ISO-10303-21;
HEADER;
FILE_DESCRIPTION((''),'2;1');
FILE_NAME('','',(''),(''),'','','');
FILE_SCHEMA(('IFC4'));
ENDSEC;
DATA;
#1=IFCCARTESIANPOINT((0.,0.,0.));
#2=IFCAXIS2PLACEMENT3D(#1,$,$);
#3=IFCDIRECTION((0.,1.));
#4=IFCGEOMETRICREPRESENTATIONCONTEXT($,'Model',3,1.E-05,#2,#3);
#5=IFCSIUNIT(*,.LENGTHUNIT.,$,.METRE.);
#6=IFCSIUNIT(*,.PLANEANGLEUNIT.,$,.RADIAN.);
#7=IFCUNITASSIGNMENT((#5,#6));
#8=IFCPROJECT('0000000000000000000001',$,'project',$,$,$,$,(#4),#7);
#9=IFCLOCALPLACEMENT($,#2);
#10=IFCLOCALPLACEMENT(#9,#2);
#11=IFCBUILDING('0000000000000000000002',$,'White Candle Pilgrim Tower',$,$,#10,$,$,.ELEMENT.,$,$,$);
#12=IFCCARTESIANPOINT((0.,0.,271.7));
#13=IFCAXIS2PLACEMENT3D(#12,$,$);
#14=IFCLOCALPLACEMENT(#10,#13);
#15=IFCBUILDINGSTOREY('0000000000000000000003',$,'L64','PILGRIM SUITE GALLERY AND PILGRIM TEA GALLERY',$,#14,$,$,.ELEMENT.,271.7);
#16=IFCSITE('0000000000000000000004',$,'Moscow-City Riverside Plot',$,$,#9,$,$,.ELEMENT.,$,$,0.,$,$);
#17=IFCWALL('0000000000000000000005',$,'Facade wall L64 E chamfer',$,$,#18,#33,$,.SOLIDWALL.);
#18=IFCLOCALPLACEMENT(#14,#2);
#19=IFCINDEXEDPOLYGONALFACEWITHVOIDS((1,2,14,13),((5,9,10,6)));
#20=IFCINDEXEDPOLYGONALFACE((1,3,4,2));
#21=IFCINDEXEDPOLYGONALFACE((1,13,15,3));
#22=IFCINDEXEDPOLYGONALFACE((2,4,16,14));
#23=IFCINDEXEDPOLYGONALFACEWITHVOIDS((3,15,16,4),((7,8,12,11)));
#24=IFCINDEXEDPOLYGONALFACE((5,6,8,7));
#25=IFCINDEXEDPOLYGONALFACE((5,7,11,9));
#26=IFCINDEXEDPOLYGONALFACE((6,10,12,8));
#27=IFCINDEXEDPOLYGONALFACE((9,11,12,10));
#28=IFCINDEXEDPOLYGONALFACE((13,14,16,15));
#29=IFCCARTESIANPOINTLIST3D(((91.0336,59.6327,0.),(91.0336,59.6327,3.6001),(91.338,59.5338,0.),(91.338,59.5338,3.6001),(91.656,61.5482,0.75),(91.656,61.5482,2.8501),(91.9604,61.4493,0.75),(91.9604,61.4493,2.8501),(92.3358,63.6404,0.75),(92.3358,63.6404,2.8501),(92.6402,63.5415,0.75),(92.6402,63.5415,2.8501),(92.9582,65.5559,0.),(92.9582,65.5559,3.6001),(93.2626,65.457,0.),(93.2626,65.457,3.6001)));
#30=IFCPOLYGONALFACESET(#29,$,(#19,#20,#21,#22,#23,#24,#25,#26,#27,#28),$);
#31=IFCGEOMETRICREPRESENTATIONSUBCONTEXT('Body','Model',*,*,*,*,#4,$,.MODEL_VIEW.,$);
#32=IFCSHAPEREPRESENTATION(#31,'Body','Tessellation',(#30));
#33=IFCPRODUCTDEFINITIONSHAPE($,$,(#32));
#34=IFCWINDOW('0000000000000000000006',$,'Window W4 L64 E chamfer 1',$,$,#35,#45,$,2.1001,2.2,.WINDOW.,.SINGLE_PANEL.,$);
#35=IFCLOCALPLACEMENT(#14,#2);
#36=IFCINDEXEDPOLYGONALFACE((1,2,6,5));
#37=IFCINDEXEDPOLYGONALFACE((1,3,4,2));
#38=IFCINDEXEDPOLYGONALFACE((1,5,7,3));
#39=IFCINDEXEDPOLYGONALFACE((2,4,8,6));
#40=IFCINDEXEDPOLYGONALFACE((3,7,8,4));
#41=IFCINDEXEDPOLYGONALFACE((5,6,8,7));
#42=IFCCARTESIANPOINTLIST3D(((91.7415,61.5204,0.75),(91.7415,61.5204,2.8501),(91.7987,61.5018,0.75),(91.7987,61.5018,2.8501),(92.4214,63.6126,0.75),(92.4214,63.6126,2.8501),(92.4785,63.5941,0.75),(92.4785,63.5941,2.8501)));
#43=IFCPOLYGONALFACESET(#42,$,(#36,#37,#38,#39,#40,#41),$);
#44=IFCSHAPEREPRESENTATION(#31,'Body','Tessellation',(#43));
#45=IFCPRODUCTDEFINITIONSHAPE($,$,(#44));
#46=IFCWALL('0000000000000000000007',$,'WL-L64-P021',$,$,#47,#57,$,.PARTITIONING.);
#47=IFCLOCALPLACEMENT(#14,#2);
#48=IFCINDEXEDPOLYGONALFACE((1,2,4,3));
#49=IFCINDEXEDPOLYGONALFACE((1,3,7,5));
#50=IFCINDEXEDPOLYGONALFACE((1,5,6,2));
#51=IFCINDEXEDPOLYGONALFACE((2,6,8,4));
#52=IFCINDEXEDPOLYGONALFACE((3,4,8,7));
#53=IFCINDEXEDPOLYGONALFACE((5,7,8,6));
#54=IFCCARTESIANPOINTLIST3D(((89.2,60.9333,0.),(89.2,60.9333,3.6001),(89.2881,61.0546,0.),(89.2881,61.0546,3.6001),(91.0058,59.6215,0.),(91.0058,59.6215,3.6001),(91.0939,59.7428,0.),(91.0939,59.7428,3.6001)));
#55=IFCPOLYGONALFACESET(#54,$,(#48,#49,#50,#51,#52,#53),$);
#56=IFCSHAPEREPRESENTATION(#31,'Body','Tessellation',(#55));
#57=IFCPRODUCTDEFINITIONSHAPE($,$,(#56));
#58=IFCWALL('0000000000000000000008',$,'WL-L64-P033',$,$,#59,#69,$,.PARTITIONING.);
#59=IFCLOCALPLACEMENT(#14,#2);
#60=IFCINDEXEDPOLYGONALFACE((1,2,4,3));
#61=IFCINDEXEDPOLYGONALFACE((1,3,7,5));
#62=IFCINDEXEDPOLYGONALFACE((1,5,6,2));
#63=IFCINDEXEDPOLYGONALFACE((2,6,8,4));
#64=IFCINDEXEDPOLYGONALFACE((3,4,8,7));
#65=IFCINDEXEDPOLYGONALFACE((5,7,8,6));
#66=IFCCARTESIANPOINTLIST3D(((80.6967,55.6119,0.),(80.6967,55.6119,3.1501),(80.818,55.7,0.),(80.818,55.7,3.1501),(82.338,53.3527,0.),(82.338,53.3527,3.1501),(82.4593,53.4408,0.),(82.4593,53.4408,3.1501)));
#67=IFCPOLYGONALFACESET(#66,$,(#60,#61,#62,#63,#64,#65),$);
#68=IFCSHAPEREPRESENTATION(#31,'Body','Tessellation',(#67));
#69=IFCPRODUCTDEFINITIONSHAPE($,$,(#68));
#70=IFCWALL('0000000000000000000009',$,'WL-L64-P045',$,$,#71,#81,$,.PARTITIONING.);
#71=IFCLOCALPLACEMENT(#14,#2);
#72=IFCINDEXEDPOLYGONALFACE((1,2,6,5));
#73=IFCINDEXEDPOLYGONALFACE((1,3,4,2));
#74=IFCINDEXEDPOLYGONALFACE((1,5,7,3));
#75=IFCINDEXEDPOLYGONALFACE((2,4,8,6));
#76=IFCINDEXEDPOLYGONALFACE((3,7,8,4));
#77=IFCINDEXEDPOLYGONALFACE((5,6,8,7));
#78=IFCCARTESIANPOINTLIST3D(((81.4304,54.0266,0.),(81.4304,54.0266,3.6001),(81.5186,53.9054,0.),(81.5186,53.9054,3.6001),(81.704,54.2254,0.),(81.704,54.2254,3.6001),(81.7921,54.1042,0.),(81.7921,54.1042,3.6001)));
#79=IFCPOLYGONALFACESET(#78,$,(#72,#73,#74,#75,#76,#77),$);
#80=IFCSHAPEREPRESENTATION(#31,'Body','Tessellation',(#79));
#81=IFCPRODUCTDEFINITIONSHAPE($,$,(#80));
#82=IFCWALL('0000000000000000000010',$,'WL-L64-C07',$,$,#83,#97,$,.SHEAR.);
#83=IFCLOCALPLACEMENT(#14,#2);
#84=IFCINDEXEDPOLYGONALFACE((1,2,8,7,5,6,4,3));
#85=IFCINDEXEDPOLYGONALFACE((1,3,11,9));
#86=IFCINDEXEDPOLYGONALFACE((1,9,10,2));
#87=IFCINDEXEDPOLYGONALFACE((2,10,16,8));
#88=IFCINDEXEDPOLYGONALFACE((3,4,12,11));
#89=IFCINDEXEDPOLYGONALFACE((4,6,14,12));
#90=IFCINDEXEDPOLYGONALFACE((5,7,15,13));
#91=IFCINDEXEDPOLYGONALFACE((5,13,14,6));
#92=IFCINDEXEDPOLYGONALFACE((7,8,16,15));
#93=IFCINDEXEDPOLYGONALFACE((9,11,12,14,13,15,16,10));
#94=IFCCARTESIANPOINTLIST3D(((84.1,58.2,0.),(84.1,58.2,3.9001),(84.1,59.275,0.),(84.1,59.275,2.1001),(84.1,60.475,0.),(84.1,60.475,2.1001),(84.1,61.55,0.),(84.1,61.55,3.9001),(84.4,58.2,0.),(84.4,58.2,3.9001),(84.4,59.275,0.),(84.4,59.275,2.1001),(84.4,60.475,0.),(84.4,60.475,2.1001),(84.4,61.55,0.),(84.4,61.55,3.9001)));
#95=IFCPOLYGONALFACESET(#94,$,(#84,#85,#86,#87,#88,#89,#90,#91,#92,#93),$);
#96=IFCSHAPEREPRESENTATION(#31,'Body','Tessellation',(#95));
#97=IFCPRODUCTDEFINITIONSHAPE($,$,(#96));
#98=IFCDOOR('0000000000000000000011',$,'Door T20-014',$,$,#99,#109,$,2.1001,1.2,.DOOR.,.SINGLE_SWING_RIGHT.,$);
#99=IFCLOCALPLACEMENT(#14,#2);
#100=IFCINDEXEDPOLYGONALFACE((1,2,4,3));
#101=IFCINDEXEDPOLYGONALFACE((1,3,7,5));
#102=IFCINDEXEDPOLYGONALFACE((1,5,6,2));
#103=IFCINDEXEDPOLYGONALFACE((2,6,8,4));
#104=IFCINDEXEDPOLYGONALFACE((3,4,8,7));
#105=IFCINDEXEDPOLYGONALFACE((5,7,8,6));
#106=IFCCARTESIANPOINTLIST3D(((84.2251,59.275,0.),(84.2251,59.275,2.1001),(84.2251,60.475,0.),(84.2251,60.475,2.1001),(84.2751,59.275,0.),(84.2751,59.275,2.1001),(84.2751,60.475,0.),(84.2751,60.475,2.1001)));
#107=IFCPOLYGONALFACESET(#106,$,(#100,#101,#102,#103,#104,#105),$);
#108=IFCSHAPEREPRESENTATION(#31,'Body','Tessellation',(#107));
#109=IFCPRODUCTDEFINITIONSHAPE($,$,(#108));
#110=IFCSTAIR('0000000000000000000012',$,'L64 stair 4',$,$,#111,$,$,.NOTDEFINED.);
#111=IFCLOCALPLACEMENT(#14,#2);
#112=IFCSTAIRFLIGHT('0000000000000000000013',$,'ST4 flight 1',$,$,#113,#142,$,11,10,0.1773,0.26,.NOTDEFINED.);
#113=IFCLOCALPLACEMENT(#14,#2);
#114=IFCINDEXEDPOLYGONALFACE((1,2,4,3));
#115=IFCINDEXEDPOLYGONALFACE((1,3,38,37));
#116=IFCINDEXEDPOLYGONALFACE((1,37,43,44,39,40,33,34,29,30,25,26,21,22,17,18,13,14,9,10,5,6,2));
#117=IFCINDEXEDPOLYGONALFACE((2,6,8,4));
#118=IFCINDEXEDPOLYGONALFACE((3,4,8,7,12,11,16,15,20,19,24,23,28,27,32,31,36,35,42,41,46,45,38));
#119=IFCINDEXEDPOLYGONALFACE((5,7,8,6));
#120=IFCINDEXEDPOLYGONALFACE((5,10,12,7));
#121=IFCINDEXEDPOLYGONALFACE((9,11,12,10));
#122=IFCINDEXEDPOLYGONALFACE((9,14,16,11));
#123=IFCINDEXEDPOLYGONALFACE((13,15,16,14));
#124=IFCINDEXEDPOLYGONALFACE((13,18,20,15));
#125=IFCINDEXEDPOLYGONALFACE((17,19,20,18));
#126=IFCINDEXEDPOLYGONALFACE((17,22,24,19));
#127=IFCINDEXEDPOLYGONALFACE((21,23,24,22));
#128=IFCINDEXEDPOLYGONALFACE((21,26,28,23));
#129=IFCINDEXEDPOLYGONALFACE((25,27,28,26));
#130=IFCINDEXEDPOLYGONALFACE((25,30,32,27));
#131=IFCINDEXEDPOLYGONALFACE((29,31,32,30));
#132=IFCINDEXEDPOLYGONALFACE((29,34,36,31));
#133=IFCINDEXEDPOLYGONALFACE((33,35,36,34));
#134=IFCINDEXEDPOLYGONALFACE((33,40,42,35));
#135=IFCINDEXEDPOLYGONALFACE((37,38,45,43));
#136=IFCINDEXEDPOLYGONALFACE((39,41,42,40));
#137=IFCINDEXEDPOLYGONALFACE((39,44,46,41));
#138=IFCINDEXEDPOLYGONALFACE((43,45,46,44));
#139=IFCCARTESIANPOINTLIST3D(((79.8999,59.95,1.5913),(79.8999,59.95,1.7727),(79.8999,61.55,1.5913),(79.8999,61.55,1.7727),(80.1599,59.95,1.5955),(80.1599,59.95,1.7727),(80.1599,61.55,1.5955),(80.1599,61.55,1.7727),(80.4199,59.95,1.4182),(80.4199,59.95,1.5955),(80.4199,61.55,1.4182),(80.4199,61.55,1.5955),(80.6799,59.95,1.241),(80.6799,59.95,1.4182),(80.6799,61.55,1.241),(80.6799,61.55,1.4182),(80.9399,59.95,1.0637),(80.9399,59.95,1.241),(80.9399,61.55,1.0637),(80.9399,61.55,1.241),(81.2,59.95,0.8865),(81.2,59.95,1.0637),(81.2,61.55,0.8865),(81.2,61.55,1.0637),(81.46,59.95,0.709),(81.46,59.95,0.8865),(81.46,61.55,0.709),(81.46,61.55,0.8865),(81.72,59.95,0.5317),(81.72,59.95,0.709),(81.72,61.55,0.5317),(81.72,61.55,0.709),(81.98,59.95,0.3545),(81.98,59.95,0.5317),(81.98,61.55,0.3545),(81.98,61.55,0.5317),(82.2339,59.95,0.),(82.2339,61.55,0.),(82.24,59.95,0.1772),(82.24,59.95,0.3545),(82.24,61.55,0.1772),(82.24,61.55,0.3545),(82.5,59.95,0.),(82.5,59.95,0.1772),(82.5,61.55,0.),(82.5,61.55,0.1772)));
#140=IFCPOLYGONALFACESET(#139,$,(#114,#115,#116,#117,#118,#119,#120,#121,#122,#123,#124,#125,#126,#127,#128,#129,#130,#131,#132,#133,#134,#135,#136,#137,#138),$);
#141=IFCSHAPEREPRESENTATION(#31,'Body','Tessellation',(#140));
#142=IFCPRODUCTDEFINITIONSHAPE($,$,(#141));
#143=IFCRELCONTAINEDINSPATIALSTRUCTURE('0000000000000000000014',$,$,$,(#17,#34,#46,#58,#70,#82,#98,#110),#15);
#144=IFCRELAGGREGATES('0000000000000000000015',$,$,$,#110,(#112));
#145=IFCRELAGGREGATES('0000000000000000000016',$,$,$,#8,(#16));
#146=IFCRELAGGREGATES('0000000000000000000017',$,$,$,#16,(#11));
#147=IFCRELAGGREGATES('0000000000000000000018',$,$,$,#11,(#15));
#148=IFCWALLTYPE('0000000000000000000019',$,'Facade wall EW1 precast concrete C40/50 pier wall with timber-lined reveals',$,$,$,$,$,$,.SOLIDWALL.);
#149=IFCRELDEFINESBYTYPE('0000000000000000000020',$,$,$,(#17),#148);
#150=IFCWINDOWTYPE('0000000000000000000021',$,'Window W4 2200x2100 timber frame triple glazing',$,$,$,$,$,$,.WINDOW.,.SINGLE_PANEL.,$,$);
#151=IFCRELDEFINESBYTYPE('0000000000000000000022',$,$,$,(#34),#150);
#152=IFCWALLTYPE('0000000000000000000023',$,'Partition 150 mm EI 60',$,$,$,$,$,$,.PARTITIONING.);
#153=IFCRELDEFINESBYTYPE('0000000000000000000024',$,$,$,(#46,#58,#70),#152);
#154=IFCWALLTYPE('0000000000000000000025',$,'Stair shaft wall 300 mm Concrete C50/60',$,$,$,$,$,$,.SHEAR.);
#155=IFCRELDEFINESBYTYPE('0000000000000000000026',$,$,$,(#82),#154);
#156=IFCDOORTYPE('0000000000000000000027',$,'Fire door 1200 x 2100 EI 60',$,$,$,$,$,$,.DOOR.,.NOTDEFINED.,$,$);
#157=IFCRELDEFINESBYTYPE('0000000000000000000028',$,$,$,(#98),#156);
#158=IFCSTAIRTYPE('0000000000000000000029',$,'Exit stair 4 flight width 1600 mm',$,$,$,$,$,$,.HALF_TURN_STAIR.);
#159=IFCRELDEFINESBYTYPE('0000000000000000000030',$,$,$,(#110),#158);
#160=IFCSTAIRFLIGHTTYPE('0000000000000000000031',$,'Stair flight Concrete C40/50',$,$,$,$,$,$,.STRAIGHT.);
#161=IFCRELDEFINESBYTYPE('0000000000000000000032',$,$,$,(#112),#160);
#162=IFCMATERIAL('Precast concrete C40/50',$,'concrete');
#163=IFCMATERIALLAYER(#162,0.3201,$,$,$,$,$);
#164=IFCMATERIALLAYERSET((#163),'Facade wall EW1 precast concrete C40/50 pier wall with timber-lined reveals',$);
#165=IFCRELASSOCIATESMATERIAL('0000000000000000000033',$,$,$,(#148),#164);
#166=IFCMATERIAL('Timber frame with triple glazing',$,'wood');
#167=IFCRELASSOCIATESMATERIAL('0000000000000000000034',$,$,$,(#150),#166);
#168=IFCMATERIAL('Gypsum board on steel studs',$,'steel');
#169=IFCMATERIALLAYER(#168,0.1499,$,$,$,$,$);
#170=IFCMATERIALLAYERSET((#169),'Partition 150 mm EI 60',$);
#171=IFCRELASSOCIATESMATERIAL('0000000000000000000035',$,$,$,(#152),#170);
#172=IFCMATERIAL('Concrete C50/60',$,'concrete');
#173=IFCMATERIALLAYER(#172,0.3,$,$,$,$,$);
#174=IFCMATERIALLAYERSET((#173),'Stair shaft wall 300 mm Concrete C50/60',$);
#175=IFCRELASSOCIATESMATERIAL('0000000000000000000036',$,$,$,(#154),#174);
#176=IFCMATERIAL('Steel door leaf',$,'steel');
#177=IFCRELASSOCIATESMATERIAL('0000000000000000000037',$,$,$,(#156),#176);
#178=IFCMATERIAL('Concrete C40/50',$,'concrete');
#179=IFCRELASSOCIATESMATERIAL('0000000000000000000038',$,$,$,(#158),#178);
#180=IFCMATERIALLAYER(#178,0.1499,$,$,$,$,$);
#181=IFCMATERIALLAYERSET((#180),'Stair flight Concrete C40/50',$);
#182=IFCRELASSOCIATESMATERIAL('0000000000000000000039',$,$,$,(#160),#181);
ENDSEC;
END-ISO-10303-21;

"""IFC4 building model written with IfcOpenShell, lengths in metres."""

from ifc_helpers import new_model, si_unit, direction, frame, frame_2d, origin, place, context, subcontext, project, spatial, polyline, rectangle, outline, extrude, material, layer, layer_set, type_object, element, fill, aggregate, save


model = new_model("IFC4")

# Units and contexts
model_context = context("Model", 3, precision=1e-05, world=origin(), true_north=direction((0.0, 1.0)))
body_context = subcontext(model_context, "Body", "Model", "MODEL_VIEW")
ifc_project = project(units=[si_unit("LENGTHUNIT", "METRE"), si_unit("PLANEANGLEUNIT", "RADIAN")], contexts=[model_context])

# Site, building, storey
site_placement = place(None, origin())
site = spatial("IfcSite", under=ifc_project, at=site_placement, Name="Moscow-City Riverside Plot", CompositionType="ELEMENT", RefElevation=0.0)
building_placement = place(site_placement, origin())
building = spatial("IfcBuilding", under=site, at=building_placement, Name="White Candle Pilgrim Tower", CompositionType="ELEMENT")
storey_placement = place(building_placement, frame((0.0, 0.0, 271.7)))
storey = spatial("IfcBuildingStorey", under=building, at=storey_placement, Name="L64", Description="PILGRIM SUITE GALLERY AND PILGRIM TEA GALLERY", CompositionType="ELEMENT", Elevation=271.7)

# Shared definitions
ifc_material_1 = material(Name="Concrete C50/60", Category="concrete")

# Shared definitions
ifc_material_2 = material(Name="Gypsum board on steel studs", Category="steel")
ifc_material_3 = material(Name="Steel door leaf", Category="steel")

# Wall, opening, window
ifc_material_4 = material(Name="Precast concrete C40/50", Category="concrete")
ifc_layer_1 = layer(ifc_material_4, 0.3201)
ifc_layer_set_1 = layer_set([ifc_layer_1], Name="Facade wall EW1 precast concrete C40/50 pier wall with timber-lined reveals")
wall_type_1 = type_object("IfcWallType", Name="Facade wall EW1 precast concrete C40/50 pier wall with timber-lined reveals", PredefinedType="SOLIDWALL", material=ifc_layer_set_1)
wall_1_placement = place(storey_placement, frame((91.1858, 59.5833, 0.0), z_axis=(0.0, 0.0, 1.0), x_axis=(0.309021, 0.951055, 0.0)))
wall_1 = element("IfcWall", 1, at=wall_1_placement, inside=storey, type_object=wall_type_1, Name="Facade wall L64 E chamfer", PredefinedType="SOLIDWALL", context=body_context, shape_type="SweptSolid", body=[
    extrude(rectangle(XDim=6.228, YDim=0.3201, at=frame_2d((3.114, 0.0))), origin(), (0.0, 0.0, 1.0), 3.6001),
])
opening_1_placement = place(wall_1_placement, frame((2.0139, 0.0, 0.75)))
opening_1 = element("IfcOpeningElement", 2, at=opening_1_placement, cuts=wall_1, PredefinedType="OPENING", context=body_context, shape_type="SweptSolid", body=[
    extrude(rectangle(XDim=2.2, YDim=2.1001, at=frame_2d((1.1001, 1.05))), frame((0.0, 0.1699, 0.0), z_axis=(0.0, -1.0, 0.0), x_axis=(1.0, 0.0, 0.0)), (0.0, 0.0, 1.0), 0.3401),
])
ifc_material_5 = material(Name="Timber frame with triple glazing", Category="wood")
window_type = type_object("IfcWindowType", Name="Window W4 2200x2100 timber frame triple glazing", PartitioningType="SINGLE_PANEL", PredefinedType="WINDOW", material=ifc_material_5)
window_placement = place(opening_1_placement, origin())
window = element("IfcWindow", 3, at=window_placement, inside=storey, type_object=window_type, Name="Window W4 L64 E chamfer 1", OverallHeight=2.1001, OverallWidth=2.2, PartitioningType="SINGLE_PANEL", PredefinedType="WINDOW", context=body_context, shape_type="SweptSolid", body=[
    extrude(rectangle(XDim=2.2, YDim=2.1001, at=frame_2d((1.1001, 1.05))), frame((0.0, 0.0701, 0.0), z_axis=(0.0, -1.0, 0.0), x_axis=(1.0, 0.0, 0.0)), (0.0, 0.0, 1.0), 0.0601),
])
fill(opening_1, window)

# Walls
ifc_layer_2 = layer(ifc_material_2, 0.1499)
ifc_layer_set_2 = layer_set([ifc_layer_2], Name="Partition 150 mm EI 60")
wall_type_2 = type_object("IfcWallType", Name="Partition 150 mm EI 60", PredefinedType="PARTITIONING", material=ifc_layer_set_2)
wall_2_placement = place(storey_placement, frame((91.0498, 59.6821, 0.0), z_axis=(0.0, 0.0, 1.0), x_axis=(-0.809043, 0.587749, 0.0)))
element("IfcWall", 4, at=wall_2_placement, inside=storey, type_object=wall_type_2, Name="WL-L64-P021", PredefinedType="PARTITIONING", context=body_context, shape_type="SweptSolid", body=[
    extrude(rectangle(XDim=2.2319, YDim=0.1499, at=frame_2d((1.116, 0.0))), origin(), (0.0, 0.0, 1.0), 3.6001),
])
wall_3_placement = place(storey_placement, frame((82.3987, 53.3967, 0.0), z_axis=(0.0, 0.0, 1.0), x_axis=(-0.587761, 0.809035, 0.0)))
element("IfcWall", 5, at=wall_3_placement, inside=storey, type_object=wall_type_2, Name="WL-L64-P033", PredefinedType="PARTITIONING", context=body_context, shape_type="SweptSolid", body=[
    extrude(rectangle(XDim=2.7925, YDim=0.1499, at=frame_2d((1.3962, 0.0))), origin(), (0.0, 0.0, 1.0), 3.1501),
])
wall_4_placement = place(storey_placement, frame((81.4746, 53.9661, 0.0), z_axis=(0.0, 0.0, 1.0), x_axis=(0.808923, 0.587914, 0.0)))
element("IfcWall", 6, at=wall_4_placement, inside=storey, type_object=wall_type_2, Name="WL-L64-P045", PredefinedType="PARTITIONING", context=body_context, shape_type="SweptSolid", body=[
    extrude(rectangle(XDim=0.3381, YDim=0.1499, at=frame_2d((0.1689, 0.0))), origin(), (0.0, 0.0, 1.0), 3.6001),
])

# Wall, opening, door
ifc_layer_3 = layer(ifc_material_1, 0.3)
ifc_layer_set_3 = layer_set([ifc_layer_3], Name="Stair shaft wall 300 mm Concrete C50/60")
wall_type_3 = type_object("IfcWallType", Name="Stair shaft wall 300 mm Concrete C50/60", PredefinedType="SHEAR", material=ifc_layer_set_3)
wall_5_placement = place(storey_placement, frame((84.25, 58.2, 0.0), z_axis=(0.0, 0.0, 1.0), x_axis=(0.0, 1.0, 0.0)))
wall_5 = element("IfcWall", 7, at=wall_5_placement, inside=storey, type_object=wall_type_3, Name="WL-L64-C07", PredefinedType="SHEAR", context=body_context, shape_type="SweptSolid", body=[
    extrude(rectangle(XDim=3.3501, YDim=0.3, at=frame_2d((1.675, 0.0))), origin(), (0.0, 0.0, 1.0), 3.9001),
])
opening_2_placement = place(wall_5_placement, frame((1.075, 0.0, 0.0)))
opening_2 = element("IfcOpeningElement", 8, at=opening_2_placement, cuts=wall_5, PredefinedType="OPENING", context=body_context, shape_type="SweptSolid", body=[
    extrude(rectangle(XDim=1.2, YDim=2.1001, at=frame_2d((0.6001, 1.05))), frame((0.0, 0.1599, 0.0), z_axis=(0.0, -1.0, 0.0), x_axis=(1.0, 0.0, 0.0)), (0.0, 0.0, 1.0), 0.3201),
])
door_type_1 = type_object("IfcDoorType", Name="Fire door 1200 x 2100 EI 60", OperationType="NOTDEFINED", PredefinedType="DOOR", material=ifc_material_3)
door_1_placement = place(opening_2_placement, origin())
door_1 = element("IfcDoor", 9, at=door_1_placement, inside=storey, type_object=door_type_1, Name="Door T20-014", OperationType="SINGLE_SWING_RIGHT", OverallHeight=2.1001, OverallWidth=1.2, PredefinedType="DOOR", context=body_context, shape_type="SweptSolid", body=[
    extrude(rectangle(XDim=1.2, YDim=2.1001, at=frame_2d((0.6001, 1.05))), frame((0.0, 0.0249, 0.0), z_axis=(0.0, -1.0, 0.0), x_axis=(1.0, 0.0, 0.0)), (0.0, 0.0, 1.0), 0.05),
])
fill(opening_2, door_1)

# Stair, stair flight
ifc_material_6 = material(Name="Concrete C40/50", Category="concrete")
stair_type = type_object("IfcStairType", Name="Exit stair 4 flight width 1600 mm", PredefinedType="HALF_TURN_STAIR", material=ifc_material_6)
stair_placement = place(storey_placement, origin())
stair = element("IfcStair", 10, at=stair_placement, inside=storey, type_object=stair_type, Name="L64 stair 4", PredefinedType="NOTDEFINED")
ifc_layer_4 = layer(ifc_material_6, 0.1499)
ifc_layer_set_4 = layer_set([ifc_layer_4], Name="Stair flight Concrete C40/50")
stair_flight_type = type_object("IfcStairFlightType", Name="Stair flight Concrete C40/50", PredefinedType="STRAIGHT", material=ifc_layer_set_4)
stair_flight_placement = place(storey_placement, frame((82.5, 60.75, 0.0), z_axis=(0.0, 0.0, 1.0), x_axis=(-1.0, 0.0, 0.0)))
stair_flight = element("IfcStairFlight", 11, at=stair_flight_placement, type_object=stair_flight_type, Name="ST4 flight 1", NumberOfRisers=11, NumberOfTreads=10, PredefinedType="NOTDEFINED", RiserHeight=0.1773, TreadLength=0.26, context=body_context, shape_type="SweptSolid", body=[
    extrude(outline(polyline([(0.0, 0.0), (0.0, 0.1772), (0.26, 0.1772), (0.26, 0.3545), (0.52, 0.3545), (0.52, 0.5317), (0.78, 0.5317), (0.78, 0.709), (1.04, 0.709), (1.04, 0.8865), (1.3, 0.8865), (1.3, 1.0637), (1.5601, 1.0637), (1.5601, 1.241), (1.8201, 1.241), (1.8201, 1.4182), (2.0801, 1.4182), (2.0801, 1.5955), (2.3401, 1.5955), (2.3401, 1.7727), (2.6001, 1.7727), (2.6001, 1.95), (2.6001, 1.5913), (0.2661, 0.0), (0.0, 0.0)])), frame((0.0, 0.8, 0.0), z_axis=(0.0, -1.0, 0.0), x_axis=(1.0, 0.0, 0.0)), (0.0, 0.0, 1.0), 1.6001),
])
aggregate(stair, [stair_flight])

save(model, "model.ifc")
